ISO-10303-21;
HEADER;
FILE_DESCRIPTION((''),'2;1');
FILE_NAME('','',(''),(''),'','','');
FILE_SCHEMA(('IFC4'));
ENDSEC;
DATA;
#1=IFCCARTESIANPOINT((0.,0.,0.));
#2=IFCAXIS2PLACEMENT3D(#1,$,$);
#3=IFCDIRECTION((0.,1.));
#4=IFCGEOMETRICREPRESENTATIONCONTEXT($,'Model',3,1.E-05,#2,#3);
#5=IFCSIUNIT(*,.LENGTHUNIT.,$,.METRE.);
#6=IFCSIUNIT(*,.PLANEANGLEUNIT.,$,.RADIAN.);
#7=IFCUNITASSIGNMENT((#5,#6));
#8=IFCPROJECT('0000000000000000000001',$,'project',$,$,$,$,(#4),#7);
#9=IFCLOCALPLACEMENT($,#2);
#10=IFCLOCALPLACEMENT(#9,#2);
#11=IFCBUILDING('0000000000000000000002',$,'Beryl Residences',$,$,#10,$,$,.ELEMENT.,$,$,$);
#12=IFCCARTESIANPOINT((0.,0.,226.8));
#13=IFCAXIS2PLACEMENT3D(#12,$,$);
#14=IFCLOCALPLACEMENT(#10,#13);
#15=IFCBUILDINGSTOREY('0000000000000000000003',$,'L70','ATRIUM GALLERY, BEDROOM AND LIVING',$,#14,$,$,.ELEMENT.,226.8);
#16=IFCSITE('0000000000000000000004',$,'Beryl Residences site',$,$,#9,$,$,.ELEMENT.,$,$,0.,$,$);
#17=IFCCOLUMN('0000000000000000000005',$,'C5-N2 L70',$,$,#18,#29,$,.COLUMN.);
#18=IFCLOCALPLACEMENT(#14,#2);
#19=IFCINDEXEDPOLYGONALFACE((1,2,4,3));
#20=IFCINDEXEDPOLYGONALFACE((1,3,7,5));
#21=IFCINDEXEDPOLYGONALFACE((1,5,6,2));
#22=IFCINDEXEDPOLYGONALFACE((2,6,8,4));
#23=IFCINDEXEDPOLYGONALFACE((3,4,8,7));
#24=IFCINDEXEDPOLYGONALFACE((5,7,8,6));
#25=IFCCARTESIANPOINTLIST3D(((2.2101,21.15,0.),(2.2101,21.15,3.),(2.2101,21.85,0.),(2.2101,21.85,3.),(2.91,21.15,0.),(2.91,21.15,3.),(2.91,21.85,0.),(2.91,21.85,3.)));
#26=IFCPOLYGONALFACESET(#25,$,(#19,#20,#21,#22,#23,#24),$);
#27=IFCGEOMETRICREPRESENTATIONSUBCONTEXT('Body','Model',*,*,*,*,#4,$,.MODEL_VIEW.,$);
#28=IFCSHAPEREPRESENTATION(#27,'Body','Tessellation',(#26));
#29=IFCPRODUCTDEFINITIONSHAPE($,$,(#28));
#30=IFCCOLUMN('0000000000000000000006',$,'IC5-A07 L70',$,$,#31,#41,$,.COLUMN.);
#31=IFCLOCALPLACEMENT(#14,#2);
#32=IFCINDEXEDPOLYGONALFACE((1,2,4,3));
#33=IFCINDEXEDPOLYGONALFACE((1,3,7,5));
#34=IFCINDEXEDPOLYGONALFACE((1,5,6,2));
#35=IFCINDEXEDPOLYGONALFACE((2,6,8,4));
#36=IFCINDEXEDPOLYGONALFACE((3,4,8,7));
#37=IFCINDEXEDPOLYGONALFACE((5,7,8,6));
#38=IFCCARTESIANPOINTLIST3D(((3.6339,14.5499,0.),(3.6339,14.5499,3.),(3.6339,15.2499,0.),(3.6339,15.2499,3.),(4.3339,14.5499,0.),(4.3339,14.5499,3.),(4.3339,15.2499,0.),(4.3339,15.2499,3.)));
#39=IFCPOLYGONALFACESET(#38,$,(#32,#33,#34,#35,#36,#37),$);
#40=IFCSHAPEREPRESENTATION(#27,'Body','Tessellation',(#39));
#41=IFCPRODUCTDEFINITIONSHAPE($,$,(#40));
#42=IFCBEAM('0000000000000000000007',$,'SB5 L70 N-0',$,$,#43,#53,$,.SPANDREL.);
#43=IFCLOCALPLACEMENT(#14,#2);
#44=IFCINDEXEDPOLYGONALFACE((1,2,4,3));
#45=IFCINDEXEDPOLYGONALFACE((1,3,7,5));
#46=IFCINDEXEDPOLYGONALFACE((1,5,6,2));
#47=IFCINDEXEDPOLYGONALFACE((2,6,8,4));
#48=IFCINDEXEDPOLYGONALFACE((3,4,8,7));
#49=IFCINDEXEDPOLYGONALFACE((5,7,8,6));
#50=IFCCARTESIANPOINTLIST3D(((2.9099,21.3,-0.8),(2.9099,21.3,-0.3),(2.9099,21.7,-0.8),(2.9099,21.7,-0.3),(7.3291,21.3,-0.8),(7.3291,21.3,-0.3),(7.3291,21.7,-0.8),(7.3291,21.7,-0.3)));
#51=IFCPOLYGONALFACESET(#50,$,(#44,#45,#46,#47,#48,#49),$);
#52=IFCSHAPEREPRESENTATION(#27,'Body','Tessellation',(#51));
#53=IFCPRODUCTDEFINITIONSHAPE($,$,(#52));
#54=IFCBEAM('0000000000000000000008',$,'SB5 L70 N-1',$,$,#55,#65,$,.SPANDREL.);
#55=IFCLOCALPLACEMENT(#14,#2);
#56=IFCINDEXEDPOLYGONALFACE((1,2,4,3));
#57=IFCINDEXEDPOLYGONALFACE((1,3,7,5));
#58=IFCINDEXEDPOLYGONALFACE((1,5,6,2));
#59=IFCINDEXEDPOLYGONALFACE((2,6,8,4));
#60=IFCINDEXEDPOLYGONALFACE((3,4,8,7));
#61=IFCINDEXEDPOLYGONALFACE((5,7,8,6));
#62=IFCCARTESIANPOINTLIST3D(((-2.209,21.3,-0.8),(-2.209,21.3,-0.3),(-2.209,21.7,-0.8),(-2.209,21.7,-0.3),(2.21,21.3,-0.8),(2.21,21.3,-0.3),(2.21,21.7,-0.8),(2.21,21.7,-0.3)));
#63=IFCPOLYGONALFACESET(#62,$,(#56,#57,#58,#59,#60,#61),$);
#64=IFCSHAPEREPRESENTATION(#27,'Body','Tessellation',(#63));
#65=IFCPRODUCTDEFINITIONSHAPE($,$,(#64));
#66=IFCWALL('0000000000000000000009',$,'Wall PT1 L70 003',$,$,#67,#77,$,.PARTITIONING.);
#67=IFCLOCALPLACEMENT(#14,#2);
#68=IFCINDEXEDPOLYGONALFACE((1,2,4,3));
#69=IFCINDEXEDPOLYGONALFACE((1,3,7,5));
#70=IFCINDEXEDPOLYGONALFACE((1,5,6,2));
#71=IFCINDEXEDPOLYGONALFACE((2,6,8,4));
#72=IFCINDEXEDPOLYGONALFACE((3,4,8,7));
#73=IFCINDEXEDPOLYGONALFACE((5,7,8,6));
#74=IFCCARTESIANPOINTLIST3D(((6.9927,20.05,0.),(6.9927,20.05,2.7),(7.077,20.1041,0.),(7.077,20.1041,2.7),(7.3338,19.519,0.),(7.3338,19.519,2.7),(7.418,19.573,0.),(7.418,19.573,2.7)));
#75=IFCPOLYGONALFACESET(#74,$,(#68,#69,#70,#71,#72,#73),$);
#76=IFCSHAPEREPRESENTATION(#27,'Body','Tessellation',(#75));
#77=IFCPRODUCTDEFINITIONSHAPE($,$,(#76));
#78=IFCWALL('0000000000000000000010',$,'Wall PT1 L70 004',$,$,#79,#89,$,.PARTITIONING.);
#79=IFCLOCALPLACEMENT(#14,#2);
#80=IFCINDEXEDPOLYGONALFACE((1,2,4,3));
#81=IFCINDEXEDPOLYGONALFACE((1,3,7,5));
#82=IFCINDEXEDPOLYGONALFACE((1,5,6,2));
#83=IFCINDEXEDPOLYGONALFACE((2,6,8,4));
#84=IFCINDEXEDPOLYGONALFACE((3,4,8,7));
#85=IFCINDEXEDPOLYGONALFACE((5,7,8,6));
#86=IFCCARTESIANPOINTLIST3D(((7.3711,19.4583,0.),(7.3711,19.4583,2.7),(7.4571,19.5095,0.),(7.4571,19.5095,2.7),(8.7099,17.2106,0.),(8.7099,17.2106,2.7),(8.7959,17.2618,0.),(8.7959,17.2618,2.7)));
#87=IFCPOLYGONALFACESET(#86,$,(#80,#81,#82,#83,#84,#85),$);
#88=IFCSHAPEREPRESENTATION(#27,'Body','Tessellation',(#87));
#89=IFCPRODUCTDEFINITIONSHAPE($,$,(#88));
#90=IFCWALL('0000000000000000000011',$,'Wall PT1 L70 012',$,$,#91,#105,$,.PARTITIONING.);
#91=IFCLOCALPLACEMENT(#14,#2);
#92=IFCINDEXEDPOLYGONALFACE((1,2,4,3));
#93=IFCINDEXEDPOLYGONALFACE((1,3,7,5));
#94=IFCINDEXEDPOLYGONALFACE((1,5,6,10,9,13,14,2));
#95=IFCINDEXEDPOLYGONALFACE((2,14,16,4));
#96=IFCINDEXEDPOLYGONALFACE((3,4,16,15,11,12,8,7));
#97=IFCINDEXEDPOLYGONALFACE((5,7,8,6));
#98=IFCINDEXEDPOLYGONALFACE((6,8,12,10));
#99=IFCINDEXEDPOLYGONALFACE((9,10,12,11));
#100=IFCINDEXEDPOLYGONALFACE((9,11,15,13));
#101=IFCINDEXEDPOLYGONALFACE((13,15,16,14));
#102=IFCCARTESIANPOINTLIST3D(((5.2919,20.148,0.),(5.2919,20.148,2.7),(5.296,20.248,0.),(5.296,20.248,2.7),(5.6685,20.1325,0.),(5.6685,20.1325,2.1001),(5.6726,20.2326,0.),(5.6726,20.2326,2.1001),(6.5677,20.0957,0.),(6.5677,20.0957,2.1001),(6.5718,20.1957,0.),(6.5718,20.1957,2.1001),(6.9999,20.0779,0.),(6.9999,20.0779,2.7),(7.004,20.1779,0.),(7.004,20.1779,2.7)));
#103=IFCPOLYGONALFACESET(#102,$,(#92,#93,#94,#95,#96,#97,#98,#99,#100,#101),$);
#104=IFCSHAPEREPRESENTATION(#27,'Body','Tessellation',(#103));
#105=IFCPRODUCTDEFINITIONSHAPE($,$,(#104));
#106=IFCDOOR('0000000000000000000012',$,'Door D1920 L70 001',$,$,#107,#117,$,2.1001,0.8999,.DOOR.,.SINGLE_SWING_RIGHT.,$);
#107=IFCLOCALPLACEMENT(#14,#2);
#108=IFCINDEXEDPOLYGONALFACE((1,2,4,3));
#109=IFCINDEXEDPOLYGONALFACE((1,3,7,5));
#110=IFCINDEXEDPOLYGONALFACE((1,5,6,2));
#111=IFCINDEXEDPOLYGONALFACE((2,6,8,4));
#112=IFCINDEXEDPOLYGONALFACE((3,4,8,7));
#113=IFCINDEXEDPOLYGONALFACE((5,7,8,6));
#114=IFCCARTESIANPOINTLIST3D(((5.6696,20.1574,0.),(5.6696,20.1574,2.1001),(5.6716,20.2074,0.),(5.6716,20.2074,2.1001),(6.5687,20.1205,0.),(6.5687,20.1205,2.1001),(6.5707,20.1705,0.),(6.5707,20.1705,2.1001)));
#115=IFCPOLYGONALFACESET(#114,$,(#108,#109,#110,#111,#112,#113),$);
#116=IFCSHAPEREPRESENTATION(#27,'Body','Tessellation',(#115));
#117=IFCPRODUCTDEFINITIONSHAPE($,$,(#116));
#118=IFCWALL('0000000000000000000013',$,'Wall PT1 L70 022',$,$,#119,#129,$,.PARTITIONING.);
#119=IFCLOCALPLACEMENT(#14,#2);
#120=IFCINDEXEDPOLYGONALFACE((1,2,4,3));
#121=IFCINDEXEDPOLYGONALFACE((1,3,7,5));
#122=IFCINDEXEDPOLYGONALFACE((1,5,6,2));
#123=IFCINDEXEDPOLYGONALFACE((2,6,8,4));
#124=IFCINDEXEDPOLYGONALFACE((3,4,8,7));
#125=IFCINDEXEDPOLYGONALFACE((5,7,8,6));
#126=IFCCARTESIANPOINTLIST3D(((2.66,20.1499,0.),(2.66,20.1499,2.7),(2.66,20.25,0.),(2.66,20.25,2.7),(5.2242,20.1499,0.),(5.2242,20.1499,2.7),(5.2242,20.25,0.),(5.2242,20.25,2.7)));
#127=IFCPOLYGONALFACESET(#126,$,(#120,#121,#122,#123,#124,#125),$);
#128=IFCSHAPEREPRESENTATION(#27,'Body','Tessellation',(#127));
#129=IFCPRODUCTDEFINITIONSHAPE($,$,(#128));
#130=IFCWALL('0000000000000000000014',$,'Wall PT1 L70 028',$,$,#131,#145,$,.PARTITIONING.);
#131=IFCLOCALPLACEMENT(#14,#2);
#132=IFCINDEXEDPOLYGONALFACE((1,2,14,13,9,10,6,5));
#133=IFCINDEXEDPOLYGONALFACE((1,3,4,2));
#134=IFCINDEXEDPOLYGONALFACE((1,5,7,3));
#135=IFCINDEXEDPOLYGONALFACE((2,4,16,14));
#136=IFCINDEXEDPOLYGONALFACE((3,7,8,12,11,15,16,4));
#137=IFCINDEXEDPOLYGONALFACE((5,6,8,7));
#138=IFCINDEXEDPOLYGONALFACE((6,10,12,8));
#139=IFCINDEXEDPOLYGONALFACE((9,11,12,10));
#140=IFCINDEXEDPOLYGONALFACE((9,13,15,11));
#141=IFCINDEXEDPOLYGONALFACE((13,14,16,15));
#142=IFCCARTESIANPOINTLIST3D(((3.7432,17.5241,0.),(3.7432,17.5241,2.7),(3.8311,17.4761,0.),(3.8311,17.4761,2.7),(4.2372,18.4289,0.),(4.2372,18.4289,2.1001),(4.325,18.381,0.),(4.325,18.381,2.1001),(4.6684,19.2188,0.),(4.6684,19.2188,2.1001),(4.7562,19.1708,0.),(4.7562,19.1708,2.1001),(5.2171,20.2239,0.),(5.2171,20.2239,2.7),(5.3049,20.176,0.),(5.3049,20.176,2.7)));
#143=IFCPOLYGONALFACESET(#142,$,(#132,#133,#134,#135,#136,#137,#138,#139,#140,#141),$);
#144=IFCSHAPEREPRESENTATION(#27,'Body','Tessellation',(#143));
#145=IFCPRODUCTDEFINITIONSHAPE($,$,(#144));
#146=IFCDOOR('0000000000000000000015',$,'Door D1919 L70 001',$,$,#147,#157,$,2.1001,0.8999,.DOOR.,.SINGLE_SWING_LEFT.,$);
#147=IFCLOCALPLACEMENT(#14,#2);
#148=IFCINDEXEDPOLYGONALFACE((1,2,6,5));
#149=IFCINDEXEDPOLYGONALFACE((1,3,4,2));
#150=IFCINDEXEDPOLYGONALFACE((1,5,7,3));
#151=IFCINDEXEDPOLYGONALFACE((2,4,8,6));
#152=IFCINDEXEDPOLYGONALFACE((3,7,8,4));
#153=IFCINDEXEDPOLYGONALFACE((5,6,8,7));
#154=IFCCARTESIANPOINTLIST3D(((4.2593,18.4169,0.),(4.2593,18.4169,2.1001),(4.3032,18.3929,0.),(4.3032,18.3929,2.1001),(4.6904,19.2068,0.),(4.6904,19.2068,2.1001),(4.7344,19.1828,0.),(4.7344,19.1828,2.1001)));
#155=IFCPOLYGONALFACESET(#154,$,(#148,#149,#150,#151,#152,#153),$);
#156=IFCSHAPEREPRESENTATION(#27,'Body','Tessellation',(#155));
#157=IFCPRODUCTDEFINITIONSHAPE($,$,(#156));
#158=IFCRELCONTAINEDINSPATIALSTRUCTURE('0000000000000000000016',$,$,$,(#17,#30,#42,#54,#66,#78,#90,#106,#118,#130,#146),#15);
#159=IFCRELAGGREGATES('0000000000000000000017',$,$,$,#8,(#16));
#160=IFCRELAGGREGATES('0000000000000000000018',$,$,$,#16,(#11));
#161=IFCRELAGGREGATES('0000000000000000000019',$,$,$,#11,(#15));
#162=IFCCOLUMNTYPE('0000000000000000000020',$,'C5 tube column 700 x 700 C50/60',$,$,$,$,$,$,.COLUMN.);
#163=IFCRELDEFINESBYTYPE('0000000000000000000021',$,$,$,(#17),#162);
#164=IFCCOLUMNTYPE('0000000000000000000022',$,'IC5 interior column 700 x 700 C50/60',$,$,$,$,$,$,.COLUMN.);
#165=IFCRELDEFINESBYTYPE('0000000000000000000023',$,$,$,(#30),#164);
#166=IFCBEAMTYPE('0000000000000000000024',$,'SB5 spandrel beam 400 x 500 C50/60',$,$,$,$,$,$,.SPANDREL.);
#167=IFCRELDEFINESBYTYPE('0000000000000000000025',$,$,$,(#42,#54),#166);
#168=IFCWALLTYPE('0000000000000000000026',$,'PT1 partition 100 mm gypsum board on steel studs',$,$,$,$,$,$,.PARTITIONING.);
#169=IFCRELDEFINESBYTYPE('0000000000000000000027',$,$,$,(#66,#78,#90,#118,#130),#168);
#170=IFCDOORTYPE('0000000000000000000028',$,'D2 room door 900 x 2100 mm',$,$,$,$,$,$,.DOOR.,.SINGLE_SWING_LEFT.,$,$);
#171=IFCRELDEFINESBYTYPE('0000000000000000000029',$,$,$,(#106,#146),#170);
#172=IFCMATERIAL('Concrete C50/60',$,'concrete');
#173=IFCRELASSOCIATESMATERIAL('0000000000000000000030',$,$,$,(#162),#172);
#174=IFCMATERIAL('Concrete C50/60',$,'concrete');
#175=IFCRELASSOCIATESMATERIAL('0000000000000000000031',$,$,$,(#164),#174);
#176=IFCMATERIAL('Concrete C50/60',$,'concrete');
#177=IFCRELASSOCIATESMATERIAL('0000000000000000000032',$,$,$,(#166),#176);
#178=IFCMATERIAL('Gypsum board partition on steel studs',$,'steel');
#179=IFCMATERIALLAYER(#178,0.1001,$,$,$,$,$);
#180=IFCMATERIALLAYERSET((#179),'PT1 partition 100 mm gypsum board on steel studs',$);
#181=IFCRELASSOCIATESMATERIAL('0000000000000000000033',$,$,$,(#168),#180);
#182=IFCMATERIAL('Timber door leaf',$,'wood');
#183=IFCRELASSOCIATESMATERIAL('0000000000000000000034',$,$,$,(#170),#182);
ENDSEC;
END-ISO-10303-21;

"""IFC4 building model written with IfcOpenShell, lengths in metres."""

from ifc_helpers import new_model, si_unit, direction, frame, frame_2d, origin, origin_2d, place, context, subcontext, project, spatial, rectangle, extrude, material, layer, layer_set, material_profile, profile_set, type_object, element, fill, save


model = new_model("IFC4")

# Units and contexts
model_context = context("Model", 3, precision=1e-05, world=origin(), true_north=direction((0.0, 1.0)))
body_context = subcontext(model_context, "Body", "Model", "MODEL_VIEW")
ifc_project = project(units=[si_unit("LENGTHUNIT", "METRE"), si_unit("PLANEANGLEUNIT", "RADIAN")], contexts=[model_context])

# Site, building, storey
site_placement = place(None, origin())
site = spatial("IfcSite", under=ifc_project, at=site_placement, Name="Beryl Residences site", CompositionType="ELEMENT", RefElevation=0.0)
building_placement = place(site_placement, origin())
building = spatial("IfcBuilding", under=site, at=building_placement, Name="Beryl Residences", CompositionType="ELEMENT")
storey_placement = place(building_placement, frame((0.0, 0.0, 226.8)))
storey = spatial("IfcBuildingStorey", under=building, at=storey_placement, Name="L70", Description="ATRIUM GALLERY, BEDROOM AND LIVING", CompositionType="ELEMENT", Elevation=226.8)

# Columns
ifc_material_1 = material(Name="Concrete C50/60", Category="concrete")
ifc_material_profile_1 = material_profile(ifc_material_1, rectangle(XDim=0.7, YDim=0.7, at=origin_2d()))
ifc_profile_set_1 = profile_set([ifc_material_profile_1], Name="Concrete C50/60")
column_type_1 = type_object("IfcColumnType", Name="C5 tube column 700 x 700 C50/60", PredefinedType="COLUMN", material=ifc_profile_set_1)
column_1_placement = place(storey_placement, frame((2.5601, 21.5, 0.0), z_axis=(0.0, 0.0, 1.0), x_axis=(-1.0, 0.0, 0.0)))
element("IfcColumn", 1, at=column_1_placement, inside=storey, type_object=column_type_1, Name="C5-N2 L70", PredefinedType="COLUMN", context=body_context, shape_type="SweptSolid", body=[
    extrude(rectangle(XDim=0.7, YDim=0.7, at=origin_2d()), origin(), (0.0, 0.0, 1.0), 3.0),
])
ifc_material_2 = material(Name="Concrete C50/60", Category="concrete")
ifc_material_profile_2 = material_profile(ifc_material_2, rectangle(XDim=0.7, YDim=0.7, at=origin_2d()))
ifc_profile_set_2 = profile_set([ifc_material_profile_2], Name="Concrete C50/60")
column_type_2 = type_object("IfcColumnType", Name="IC5 interior column 700 x 700 C50/60", PredefinedType="COLUMN", material=ifc_profile_set_2)
column_2_placement = place(storey_placement, frame((3.9839, 14.8999, 0.0), z_axis=(0.0, 0.0, 1.0), x_axis=(1.0, 0.0, 0.0)))
element("IfcColumn", 2, at=column_2_placement, inside=storey, type_object=column_type_2, Name="IC5-A07 L70", PredefinedType="COLUMN", context=body_context, shape_type="SweptSolid", body=[
    extrude(rectangle(XDim=0.7, YDim=0.7, at=origin_2d()), origin(), (0.0, 0.0, 1.0), 3.0),
])

# Beams
ifc_material_3 = material(Name="Concrete C50/60", Category="concrete")
ifc_material_profile_3 = material_profile(ifc_material_3, rectangle(XDim=0.3999, YDim=0.5, at=origin_2d()))
ifc_profile_set_3 = profile_set([ifc_material_profile_3], Name="Concrete C50/60")
beam_type = type_object("IfcBeamType", Name="SB5 spandrel beam 400 x 500 C50/60", PredefinedType="SPANDREL", material=ifc_profile_set_3)
beam_1_placement = place(storey_placement, frame((7.3291, 21.5, -0.55), z_axis=(-1.0, 0.0, 0.0), x_axis=(0.0, -1.0, 0.0)))
element("IfcBeam", 3, at=beam_1_placement, inside=storey, type_object=beam_type, Name="SB5 L70 N-0", PredefinedType="SPANDREL", context=body_context, shape_type="SweptSolid", body=[
    extrude(rectangle(XDim=0.3999, YDim=0.5, at=origin_2d()), origin(), (0.0, 0.0, 1.0), 4.4192),
])
beam_2_placement = place(storey_placement, frame((2.21, 21.5, -0.55), z_axis=(-1.0, 0.0, 0.0), x_axis=(0.0, -1.0, 0.0)))
element("IfcBeam", 4, at=beam_2_placement, inside=storey, type_object=beam_type, Name="SB5 L70 N-1", PredefinedType="SPANDREL", context=body_context, shape_type="SweptSolid", body=[
    extrude(rectangle(XDim=0.3999, YDim=0.5, at=origin_2d()), origin(), (0.0, 0.0, 1.0), 4.4189),
])

# Walls
ifc_material_4 = material(Name="Gypsum board partition on steel studs", Category="steel")
ifc_layer_1 = layer(ifc_material_4, 0.1001)
ifc_layer_set_1 = layer_set([ifc_layer_1], Name="PT1 partition 100 mm gypsum board on steel studs")
wall_type_1 = type_object("IfcWallType", Name="PT1 partition 100 mm gypsum board on steel studs", PredefinedType="PARTITIONING", material=ifc_layer_set_1)
wall_1_placement = place(storey_placement, frame((7.0349, 20.0769, 0.0), z_axis=(0.0, 0.0, 1.0), x_axis=(0.540425, -0.841392, 0.0)))
element("IfcWall", 5, at=wall_1_placement, inside=storey, type_object=wall_type_1, Name="Wall PT1 L70 003", PredefinedType="PARTITIONING", context=body_context, shape_type="SweptSolid", body=[
    extrude(rectangle(XDim=0.6311, YDim=0.1001, at=frame_2d((0.3154, 0.0))), origin(), (0.0, 0.0, 1.0), 2.7),
])
wall_2_placement = place(storey_placement, frame((7.4141, 19.4839, 0.0), z_axis=(0.0, 0.0, 1.0), x_axis=(0.511735, -0.859143, 0.0)))
element("IfcWall", 6, at=wall_2_placement, inside=storey, type_object=wall_type_1, Name="Wall PT1 L70 004", PredefinedType="PARTITIONING", context=body_context, shape_type="SweptSolid", body=[
    extrude(rectangle(XDim=2.6162, YDim=0.1001, at=frame_2d((1.3081, 0.0))), origin(), (0.0, 0.0, 1.0), 2.7),
])

# Wall, opening, door
wall_3_placement = place(storey_placement, frame((5.2939, 20.198, 0.0), z_axis=(0.0, 0.0, 1.0), x_axis=(0.99916, -0.040989, 0.0)))
wall_3 = element("IfcWall", 7, at=wall_3_placement, inside=storey, type_object=wall_type_1, Name="Wall PT1 L70 012", PredefinedType="PARTITIONING", context=body_context, shape_type="SweptSolid", body=[
    extrude(rectangle(XDim=1.7095, YDim=0.1001, at=frame_2d((0.8547, 0.0))), origin(), (0.0, 0.0, 1.0), 2.7),
])
opening_1_placement = place(wall_3_placement, frame((0.377, 0.0, 0.0)))
opening_1 = element("IfcOpeningElement", 8, at=opening_1_placement, cuts=wall_3, PredefinedType="OPENING", context=body_context, shape_type="SweptSolid", body=[
    extrude(rectangle(XDim=0.8999, YDim=2.1001, at=frame_2d((0.45, 1.05))), frame((0.0, 0.0601, 0.0), z_axis=(0.0, -1.0, 0.0), x_axis=(1.0, 0.0, 0.0)), (0.0, 0.0, 1.0), 0.1201),
])
ifc_material_5 = material(Name="Timber door leaf", Category="wood")
door_type_1 = type_object("IfcDoorType", Name="D2 room door 900 x 2100 mm", OperationType="SINGLE_SWING_LEFT", PredefinedType="DOOR", material=ifc_material_5)
door_1_placement = place(opening_1_placement, origin())
door_1 = element("IfcDoor", 9, at=door_1_placement, inside=storey, type_object=door_type_1, Name="Door D1920 L70 001", OperationType="SINGLE_SWING_RIGHT", OverallHeight=2.1001, OverallWidth=0.8999, PredefinedType="DOOR", context=body_context, shape_type="SweptSolid", body=[
    extrude(rectangle(XDim=0.8999, YDim=2.1001, at=frame_2d((0.45, 1.05))), frame((0.0, 0.0249, 0.0), z_axis=(0.0, -1.0, 0.0), x_axis=(1.0, 0.0, 0.0)), (0.0, 0.0, 1.0), 0.05),
])
fill(opening_1, door_1)

# Wall
wall_4_placement = place(storey_placement, frame((2.6599, 20.2, 0.0), z_axis=(0.0, 0.0, 1.0), x_axis=(1.0, 0.0, 0.0)))
element("IfcWall", 10, at=wall_4_placement, inside=storey, type_object=wall_type_1, Name="Wall PT1 L70 022", PredefinedType="PARTITIONING", context=body_context, shape_type="SweptSolid", body=[
    extrude(rectangle(XDim=2.5642, YDim=0.1001, at=frame_2d((1.2822, 0.0))), origin(), (0.0, 0.0, 1.0), 2.7),
])

# Wall, opening, door
wall_5_placement = place(storey_placement, frame((3.7871, 17.5, 0.0), z_axis=(0.0, 0.0, 1.0), x_axis=(0.479147, 0.877735, 0.0)))
wall_5 = element("IfcWall", 11, at=wall_5_placement, inside=storey, type_object=wall_type_1, Name="Wall PT1 L70 028", PredefinedType="PARTITIONING", context=body_context, shape_type="SweptSolid", body=[
    extrude(rectangle(XDim=3.0759, YDim=0.1001, at=frame_2d((1.5381, 0.0))), origin(), (0.0, 0.0, 1.0), 2.7),
])
opening_2_placement = place(wall_5_placement, frame((1.031, 0.0, 0.0)))
opening_2 = element("IfcOpeningElement", 12, at=opening_2_placement, cuts=wall_5, PredefinedType="OPENING", context=body_context, shape_type="SweptSolid", body=[
    extrude(rectangle(XDim=0.8999, YDim=2.1001, at=frame_2d((0.45, 1.05))), frame((0.0, 0.0601, 0.0), z_axis=(0.0, -1.0, 0.0), x_axis=(1.0, 0.0, 0.0)), (0.0, 0.0, 1.0), 0.1201),
])
door_2_placement = place(opening_2_placement, origin())
door_2 = element("IfcDoor", 13, at=door_2_placement, inside=storey, type_object=door_type_1, Name="Door D1919 L70 001", OperationType="SINGLE_SWING_LEFT", OverallHeight=2.1001, OverallWidth=0.8999, PredefinedType="DOOR", context=body_context, shape_type="SweptSolid", body=[
    extrude(rectangle(XDim=0.8999, YDim=2.1001, at=frame_2d((0.45, 1.05))), frame((0.0, 0.0249, 0.0), z_axis=(0.0, -1.0, 0.0), x_axis=(1.0, 0.0, 0.0)), (0.0, 0.0, 1.0), 0.05),
])
fill(opening_2, door_2)

save(model, "model.ifc")
